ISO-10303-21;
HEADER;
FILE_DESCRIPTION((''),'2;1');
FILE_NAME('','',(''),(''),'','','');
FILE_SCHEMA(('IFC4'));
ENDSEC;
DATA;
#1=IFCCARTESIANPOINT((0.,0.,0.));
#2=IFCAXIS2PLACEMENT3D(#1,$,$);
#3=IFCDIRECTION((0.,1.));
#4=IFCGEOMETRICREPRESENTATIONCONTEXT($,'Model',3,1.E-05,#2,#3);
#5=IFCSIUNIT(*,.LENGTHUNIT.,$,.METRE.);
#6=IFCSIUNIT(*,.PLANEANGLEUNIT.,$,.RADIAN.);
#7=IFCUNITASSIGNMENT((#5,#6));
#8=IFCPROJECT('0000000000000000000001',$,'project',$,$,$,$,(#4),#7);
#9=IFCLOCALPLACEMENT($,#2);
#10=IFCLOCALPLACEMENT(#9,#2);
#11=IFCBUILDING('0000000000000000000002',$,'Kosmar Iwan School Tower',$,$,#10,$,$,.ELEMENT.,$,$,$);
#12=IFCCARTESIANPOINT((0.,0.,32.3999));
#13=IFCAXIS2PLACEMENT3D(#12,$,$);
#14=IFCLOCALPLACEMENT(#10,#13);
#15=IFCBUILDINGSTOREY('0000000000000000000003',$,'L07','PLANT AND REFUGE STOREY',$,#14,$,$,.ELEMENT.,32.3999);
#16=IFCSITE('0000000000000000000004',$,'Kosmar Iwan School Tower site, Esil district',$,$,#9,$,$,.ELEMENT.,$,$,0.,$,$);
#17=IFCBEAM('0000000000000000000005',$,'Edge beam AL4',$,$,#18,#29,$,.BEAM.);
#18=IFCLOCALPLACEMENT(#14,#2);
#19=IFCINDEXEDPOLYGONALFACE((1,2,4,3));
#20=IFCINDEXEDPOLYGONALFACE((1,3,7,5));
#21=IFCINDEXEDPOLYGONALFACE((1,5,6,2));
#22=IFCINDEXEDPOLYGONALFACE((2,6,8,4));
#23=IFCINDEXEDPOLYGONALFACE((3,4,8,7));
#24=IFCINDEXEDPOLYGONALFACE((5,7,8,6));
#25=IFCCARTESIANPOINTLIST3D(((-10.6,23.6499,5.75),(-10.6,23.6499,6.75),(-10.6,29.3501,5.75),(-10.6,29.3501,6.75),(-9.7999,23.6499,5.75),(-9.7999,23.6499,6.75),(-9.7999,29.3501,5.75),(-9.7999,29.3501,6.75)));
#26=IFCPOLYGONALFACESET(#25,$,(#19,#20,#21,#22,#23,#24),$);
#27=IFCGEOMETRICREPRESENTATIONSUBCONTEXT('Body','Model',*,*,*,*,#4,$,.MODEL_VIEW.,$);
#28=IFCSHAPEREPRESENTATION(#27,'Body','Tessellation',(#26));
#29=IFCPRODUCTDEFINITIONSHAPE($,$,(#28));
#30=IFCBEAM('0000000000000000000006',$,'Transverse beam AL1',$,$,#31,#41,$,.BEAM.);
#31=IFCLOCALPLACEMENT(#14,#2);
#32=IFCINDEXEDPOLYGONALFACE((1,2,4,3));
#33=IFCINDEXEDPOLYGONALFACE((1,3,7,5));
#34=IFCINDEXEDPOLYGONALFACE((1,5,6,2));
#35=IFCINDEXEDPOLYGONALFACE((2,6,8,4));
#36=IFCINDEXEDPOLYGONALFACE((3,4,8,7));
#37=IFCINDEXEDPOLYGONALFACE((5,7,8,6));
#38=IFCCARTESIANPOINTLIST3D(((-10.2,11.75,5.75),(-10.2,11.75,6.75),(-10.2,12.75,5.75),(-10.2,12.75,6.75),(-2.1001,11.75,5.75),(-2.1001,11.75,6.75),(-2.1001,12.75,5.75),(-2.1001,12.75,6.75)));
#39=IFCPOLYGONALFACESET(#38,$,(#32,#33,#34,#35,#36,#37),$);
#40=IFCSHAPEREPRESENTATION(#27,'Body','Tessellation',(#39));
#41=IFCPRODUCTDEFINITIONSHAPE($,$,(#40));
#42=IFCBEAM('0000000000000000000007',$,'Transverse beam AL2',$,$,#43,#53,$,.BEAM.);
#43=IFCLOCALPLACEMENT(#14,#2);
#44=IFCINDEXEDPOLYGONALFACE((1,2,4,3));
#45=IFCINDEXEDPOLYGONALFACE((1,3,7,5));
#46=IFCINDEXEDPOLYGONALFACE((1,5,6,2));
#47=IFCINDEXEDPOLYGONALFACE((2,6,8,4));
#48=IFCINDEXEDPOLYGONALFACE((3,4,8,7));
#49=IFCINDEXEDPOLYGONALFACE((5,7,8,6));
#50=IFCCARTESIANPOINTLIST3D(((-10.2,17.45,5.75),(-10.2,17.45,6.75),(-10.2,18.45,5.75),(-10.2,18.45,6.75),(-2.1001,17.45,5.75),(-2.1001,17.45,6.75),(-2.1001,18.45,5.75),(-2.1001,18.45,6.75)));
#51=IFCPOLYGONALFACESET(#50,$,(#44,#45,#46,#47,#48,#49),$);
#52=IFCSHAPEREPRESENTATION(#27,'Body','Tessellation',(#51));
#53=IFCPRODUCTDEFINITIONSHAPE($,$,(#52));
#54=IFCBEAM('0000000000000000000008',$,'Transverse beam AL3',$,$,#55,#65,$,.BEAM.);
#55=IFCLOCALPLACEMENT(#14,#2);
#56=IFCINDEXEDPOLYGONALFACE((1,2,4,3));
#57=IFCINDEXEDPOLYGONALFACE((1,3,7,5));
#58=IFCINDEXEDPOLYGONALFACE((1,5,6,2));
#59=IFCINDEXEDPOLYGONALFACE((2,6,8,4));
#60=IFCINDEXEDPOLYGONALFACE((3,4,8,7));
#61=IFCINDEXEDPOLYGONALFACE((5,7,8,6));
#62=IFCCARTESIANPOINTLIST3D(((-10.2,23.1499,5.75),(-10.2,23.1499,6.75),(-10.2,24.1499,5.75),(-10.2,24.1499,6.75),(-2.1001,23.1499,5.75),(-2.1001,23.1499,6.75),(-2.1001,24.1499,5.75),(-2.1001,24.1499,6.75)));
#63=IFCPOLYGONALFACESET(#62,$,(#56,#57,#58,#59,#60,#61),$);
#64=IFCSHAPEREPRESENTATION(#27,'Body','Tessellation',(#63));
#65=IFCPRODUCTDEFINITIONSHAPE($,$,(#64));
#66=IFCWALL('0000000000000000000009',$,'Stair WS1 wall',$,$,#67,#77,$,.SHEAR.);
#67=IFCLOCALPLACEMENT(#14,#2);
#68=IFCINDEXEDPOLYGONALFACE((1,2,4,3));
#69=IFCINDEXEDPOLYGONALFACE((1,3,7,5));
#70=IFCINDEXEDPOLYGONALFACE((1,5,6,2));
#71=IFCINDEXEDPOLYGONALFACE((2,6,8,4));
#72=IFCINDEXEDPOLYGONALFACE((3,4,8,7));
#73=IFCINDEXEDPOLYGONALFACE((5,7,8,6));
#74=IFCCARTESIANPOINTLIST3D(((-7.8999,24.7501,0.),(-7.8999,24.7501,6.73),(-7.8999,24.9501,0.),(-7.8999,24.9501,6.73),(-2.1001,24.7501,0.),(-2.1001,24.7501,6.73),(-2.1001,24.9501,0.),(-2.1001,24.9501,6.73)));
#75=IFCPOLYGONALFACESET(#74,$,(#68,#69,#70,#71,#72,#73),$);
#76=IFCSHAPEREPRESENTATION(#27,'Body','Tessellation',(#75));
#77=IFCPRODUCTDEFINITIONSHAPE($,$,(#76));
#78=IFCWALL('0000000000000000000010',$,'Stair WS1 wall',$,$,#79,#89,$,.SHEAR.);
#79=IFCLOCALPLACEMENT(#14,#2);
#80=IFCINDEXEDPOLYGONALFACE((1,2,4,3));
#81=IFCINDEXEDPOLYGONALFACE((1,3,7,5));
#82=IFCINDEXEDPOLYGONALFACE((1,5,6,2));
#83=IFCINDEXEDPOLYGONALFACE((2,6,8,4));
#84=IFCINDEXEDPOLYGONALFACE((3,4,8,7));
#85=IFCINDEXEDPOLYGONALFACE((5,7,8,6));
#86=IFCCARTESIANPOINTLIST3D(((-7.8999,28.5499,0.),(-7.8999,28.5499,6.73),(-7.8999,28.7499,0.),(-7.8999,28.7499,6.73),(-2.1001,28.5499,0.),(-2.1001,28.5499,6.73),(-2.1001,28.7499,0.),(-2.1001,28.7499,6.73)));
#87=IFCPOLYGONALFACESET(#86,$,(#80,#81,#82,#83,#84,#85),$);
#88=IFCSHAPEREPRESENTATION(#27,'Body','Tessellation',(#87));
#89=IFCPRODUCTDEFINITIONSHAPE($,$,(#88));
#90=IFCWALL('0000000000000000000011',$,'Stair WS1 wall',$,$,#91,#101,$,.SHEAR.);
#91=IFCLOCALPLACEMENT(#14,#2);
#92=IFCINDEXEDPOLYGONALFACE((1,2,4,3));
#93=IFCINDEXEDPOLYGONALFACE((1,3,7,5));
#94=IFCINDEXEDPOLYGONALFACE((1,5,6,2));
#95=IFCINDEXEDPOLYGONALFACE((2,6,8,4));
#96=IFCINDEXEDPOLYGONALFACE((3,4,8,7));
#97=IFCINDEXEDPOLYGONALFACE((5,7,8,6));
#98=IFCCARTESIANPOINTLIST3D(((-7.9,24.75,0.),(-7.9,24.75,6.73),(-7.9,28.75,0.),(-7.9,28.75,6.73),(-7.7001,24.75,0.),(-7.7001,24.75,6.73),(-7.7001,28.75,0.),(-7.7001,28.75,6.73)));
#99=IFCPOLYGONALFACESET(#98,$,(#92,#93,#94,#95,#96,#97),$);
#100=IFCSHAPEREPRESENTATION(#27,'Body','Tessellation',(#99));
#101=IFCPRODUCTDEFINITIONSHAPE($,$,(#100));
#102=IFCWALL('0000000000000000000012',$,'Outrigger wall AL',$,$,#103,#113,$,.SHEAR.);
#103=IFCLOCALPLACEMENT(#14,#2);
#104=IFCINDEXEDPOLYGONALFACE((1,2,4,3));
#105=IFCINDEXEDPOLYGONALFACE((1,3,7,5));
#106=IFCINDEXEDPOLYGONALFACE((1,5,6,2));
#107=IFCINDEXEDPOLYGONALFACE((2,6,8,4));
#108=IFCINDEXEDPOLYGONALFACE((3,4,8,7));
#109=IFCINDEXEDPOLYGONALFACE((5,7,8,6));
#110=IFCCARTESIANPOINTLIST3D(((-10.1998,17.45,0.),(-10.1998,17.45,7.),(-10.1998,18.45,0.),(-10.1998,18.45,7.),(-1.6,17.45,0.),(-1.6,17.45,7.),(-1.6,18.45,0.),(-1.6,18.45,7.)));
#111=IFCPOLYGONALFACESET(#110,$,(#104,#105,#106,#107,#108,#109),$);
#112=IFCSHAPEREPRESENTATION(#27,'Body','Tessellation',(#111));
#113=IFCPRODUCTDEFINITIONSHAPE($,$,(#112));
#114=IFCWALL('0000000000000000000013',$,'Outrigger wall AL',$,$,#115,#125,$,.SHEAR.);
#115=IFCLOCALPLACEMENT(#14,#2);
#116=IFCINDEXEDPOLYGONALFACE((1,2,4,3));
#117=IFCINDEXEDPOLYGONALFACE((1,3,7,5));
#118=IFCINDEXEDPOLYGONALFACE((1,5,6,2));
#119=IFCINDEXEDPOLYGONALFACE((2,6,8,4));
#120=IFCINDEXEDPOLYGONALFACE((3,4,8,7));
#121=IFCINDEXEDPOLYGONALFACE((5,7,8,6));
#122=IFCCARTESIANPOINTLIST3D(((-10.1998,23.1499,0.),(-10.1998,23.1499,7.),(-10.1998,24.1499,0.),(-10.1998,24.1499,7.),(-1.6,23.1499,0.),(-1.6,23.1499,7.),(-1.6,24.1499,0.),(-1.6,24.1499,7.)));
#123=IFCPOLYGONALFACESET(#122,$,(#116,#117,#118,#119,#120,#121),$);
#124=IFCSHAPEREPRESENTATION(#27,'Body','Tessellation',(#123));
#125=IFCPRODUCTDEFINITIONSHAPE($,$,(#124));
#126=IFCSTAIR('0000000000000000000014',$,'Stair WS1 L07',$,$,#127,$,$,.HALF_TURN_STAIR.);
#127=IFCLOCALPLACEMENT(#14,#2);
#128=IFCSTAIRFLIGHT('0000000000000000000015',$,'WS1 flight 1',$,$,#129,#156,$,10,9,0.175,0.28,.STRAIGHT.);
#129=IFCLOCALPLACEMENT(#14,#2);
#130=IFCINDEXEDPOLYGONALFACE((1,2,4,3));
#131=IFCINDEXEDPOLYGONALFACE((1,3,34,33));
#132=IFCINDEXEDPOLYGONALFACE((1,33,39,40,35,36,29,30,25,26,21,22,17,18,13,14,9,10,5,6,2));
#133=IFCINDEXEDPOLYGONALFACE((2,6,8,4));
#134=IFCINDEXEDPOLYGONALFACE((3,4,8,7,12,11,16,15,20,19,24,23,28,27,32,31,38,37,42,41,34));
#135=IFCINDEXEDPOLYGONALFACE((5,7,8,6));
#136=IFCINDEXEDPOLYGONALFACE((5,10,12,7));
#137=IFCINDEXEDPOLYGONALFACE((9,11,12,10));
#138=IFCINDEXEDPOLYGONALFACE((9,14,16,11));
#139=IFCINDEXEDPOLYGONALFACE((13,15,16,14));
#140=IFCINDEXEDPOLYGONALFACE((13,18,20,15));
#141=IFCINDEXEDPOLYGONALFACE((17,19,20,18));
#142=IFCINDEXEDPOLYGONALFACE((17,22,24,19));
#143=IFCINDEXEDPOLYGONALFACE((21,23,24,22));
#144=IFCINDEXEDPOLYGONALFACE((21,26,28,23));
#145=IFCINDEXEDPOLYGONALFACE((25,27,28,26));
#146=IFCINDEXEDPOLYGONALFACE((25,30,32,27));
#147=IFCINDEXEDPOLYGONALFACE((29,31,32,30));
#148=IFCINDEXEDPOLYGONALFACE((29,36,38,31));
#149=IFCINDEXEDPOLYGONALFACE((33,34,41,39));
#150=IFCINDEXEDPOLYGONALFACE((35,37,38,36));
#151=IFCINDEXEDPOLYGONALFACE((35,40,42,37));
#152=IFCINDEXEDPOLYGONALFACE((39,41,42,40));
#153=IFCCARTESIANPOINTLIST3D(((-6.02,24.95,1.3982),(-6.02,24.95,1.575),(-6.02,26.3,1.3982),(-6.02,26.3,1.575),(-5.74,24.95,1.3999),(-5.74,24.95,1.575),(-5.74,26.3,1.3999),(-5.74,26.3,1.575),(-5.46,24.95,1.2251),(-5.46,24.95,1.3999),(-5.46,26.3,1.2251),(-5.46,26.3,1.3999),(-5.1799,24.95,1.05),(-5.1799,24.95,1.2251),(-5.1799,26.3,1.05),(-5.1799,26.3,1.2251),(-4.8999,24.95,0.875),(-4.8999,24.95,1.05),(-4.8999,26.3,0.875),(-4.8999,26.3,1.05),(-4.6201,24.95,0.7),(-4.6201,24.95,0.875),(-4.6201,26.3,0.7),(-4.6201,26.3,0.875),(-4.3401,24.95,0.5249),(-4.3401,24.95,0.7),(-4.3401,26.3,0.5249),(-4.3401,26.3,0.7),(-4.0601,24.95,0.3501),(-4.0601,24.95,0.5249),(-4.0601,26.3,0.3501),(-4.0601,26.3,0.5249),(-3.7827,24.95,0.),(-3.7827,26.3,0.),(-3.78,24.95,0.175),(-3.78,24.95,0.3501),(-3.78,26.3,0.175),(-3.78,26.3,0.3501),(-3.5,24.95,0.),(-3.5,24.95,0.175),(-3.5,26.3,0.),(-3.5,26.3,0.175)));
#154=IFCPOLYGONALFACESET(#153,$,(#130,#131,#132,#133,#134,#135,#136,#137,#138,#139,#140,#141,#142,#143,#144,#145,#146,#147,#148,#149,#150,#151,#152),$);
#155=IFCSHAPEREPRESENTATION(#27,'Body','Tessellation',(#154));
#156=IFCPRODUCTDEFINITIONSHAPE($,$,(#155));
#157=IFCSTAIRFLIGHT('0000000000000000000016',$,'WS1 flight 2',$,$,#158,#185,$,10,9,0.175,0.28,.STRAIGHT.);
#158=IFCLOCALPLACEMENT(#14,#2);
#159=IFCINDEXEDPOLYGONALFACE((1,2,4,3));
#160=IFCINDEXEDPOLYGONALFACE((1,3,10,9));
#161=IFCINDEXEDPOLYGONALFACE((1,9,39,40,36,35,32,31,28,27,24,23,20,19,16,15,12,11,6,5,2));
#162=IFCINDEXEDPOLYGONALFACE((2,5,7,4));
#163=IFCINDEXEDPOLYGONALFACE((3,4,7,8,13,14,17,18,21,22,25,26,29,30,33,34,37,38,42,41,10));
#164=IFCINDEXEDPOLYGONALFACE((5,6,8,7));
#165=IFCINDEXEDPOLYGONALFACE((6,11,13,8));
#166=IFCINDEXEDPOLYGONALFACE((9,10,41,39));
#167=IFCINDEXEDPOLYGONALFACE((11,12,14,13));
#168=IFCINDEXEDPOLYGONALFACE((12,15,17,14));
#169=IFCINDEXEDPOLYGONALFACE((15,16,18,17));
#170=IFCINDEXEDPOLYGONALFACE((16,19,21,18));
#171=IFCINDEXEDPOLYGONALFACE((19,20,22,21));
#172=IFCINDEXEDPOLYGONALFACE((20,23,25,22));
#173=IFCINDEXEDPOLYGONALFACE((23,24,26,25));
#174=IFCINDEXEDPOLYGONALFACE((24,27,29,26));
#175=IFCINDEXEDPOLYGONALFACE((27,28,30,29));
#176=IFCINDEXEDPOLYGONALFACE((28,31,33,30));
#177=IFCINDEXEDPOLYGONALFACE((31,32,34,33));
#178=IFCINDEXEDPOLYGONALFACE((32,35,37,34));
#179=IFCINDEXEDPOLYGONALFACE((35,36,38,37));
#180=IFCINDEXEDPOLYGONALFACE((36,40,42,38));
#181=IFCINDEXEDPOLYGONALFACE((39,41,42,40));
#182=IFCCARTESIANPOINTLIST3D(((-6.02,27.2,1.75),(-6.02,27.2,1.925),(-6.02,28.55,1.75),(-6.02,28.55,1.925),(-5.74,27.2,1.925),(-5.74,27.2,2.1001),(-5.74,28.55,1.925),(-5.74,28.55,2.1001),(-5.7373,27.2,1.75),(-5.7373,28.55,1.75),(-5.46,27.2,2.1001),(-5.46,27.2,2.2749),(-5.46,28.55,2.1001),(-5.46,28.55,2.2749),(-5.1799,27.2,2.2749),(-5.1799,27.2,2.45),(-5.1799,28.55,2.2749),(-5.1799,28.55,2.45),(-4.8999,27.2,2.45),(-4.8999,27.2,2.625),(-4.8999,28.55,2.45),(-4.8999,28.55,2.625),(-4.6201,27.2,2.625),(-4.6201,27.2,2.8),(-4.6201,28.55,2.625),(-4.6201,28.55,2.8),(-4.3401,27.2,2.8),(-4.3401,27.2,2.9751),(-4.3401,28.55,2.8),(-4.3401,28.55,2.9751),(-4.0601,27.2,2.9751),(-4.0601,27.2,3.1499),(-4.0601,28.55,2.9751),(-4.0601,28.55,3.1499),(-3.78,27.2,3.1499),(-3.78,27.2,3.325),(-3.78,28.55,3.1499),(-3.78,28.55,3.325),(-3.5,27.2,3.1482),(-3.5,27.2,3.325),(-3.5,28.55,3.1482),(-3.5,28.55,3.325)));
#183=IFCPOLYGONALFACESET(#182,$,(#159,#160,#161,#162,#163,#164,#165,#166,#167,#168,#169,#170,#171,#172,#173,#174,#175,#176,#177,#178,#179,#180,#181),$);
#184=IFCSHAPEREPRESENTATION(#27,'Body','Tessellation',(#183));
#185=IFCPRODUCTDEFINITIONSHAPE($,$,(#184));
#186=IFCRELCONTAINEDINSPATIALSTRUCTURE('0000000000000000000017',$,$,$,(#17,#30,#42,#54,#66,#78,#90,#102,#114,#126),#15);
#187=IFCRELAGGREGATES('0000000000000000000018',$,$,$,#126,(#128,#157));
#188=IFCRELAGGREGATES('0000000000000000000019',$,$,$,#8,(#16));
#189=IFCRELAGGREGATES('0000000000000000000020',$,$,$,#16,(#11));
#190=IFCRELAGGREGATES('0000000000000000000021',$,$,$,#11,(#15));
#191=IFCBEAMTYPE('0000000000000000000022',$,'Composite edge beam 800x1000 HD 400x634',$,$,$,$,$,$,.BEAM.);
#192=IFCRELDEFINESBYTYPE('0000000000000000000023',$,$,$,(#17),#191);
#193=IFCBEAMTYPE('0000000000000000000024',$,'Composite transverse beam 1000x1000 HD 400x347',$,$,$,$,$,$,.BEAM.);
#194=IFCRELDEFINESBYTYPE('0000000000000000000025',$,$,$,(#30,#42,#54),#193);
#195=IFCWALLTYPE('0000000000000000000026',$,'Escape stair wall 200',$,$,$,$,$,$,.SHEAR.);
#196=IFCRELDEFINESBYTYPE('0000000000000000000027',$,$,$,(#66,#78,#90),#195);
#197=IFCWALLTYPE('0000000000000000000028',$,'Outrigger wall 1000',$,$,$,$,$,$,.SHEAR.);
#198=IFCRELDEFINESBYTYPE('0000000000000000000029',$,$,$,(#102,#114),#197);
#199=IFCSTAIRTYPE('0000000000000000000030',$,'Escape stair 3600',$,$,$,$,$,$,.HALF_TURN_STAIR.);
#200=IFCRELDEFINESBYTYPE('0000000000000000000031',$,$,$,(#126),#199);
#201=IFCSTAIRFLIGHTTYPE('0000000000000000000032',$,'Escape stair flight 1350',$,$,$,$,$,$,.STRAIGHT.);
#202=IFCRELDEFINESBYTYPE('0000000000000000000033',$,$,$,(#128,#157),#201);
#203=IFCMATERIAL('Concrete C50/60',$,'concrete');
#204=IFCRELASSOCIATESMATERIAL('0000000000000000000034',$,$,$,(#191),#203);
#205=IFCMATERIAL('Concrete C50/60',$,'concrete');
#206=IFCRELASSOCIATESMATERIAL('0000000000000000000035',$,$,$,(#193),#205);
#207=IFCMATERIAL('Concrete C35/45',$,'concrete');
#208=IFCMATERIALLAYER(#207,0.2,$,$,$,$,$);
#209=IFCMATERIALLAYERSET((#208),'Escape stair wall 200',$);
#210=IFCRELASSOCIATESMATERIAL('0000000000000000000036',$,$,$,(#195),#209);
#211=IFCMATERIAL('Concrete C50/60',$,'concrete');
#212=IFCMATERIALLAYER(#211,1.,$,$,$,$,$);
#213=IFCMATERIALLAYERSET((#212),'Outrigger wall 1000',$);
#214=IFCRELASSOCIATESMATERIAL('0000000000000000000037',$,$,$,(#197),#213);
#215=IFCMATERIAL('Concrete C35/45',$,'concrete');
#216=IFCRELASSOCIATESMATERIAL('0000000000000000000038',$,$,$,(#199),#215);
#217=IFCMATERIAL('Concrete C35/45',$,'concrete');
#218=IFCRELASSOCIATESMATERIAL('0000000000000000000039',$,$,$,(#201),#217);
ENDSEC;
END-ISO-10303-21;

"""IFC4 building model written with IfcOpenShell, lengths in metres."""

from ifc_helpers import new_model, si_unit, direction, frame, frame_2d, origin, origin_2d, place, context, subcontext, project, spatial, polyline, rectangle, outline, extrude, material, layer, layer_set, material_profile, profile_set, type_object, element, aggregate, save


model = new_model("IFC4")

# Units and contexts
model_context = context("Model", 3, precision=1e-05, world=origin(), true_north=direction((0.0, 1.0)))
body_context = subcontext(model_context, "Body", "Model", "MODEL_VIEW")
ifc_project = project(units=[si_unit("LENGTHUNIT", "METRE"), si_unit("PLANEANGLEUNIT", "RADIAN")], contexts=[model_context])

# Site, building, storey
site_placement = place(None, origin())
site = spatial("IfcSite", under=ifc_project, at=site_placement, Name="Kosmar Iwan School Tower site, Esil district", CompositionType="ELEMENT", RefElevation=0.0)
building_placement = place(site_placement, origin())
building = spatial("IfcBuilding", under=site, at=building_placement, Name="Kosmar Iwan School Tower", CompositionType="ELEMENT")
storey_placement = place(building_placement, frame((0.0, 0.0, 32.3999)))
storey = spatial("IfcBuildingStorey", under=building, at=storey_placement, Name="L07", Description="PLANT AND REFUGE STOREY", CompositionType="ELEMENT", Elevation=32.3999)

# Beams
ifc_material_1 = material(Name="Concrete C50/60", Category="concrete")
ifc_material_profile_1 = material_profile(ifc_material_1, rectangle(XDim=0.8, YDim=1.0, at=origin_2d()), Name="RC 800x1000 + HD 400x634")
ifc_profile_set_1 = profile_set([ifc_material_profile_1], Name="Concrete C50/60")
beam_type_1 = type_object("IfcBeamType", Name="Composite edge beam 800x1000 HD 400x634", PredefinedType="BEAM", material=ifc_profile_set_1)
beam_placement = place(storey_placement, frame((-10.2, 23.6499, 6.25), z_axis=(0.0, 1.0, 0.0), x_axis=(-1.0, 0.0, 0.0)))
element("IfcBeam", 1, at=beam_placement, inside=storey, type_object=beam_type_1, Name="Edge beam AL4", PredefinedType="BEAM", context=body_context, shape_type="SweptSolid", body=[
    extrude(rectangle(XDim=0.8, YDim=1.0, at=origin_2d()), origin(), (0.0, 0.0, 1.0), 5.7002),
])
ifc_material_2 = material(Name="Concrete C50/60", Category="concrete")
ifc_material_profile_2 = material_profile(ifc_material_2, rectangle(XDim=1.0, YDim=1.0, at=origin_2d()), Name="RC 1000x1000 + HD 400x347")
ifc_profile_set_2 = profile_set([ifc_material_profile_2], Name="Concrete C50/60")
beam_type_2 = type_object("IfcBeamType", Name="Composite transverse beam 1000x1000 HD 400x347", PredefinedType="BEAM", material=ifc_profile_set_2)
for number, where, z_axis, x_axis, name in (
    (2, (-10.2, 12.25, 6.25), (1.0, 0.0, 0.0), (0.0, 1.0, 0.0), "Transverse beam AL1"),
    (3, (-10.2, 17.95, 6.25), (1.0, 0.0, 0.0), (0.0, 1.0, 0.0), "Transverse beam AL2"),
    (4, (-10.2, 23.6499, 6.25), (1.0, 0.0, 0.0), (0.0, 1.0, 0.0), "Transverse beam AL3"),
):
    element("IfcBeam", number, at=place(storey_placement, frame(where, z_axis=z_axis, x_axis=x_axis)), inside=storey, type_object=beam_type_2, Name=name, PredefinedType="BEAM", context=body_context, shape_type="SweptSolid", body=[
        extrude(rectangle(XDim=1.0, YDim=1.0, at=origin_2d()), origin(), (0.0, 0.0, 1.0), 8.0999),
    ])

# Walls
ifc_material_3 = material(Name="Concrete C35/45", Category="concrete")
ifc_layer_1 = layer(ifc_material_3, 0.2)
ifc_layer_set_1 = layer_set([ifc_layer_1], Name="Escape stair wall 200")
wall_type_1 = type_object("IfcWallType", Name="Escape stair wall 200", PredefinedType="SHEAR", material=ifc_layer_set_1)
for number, where, z_axis, x_axis, name in (
    (5, (-2.1001, 24.8501, 0.0), (0.0, 0.0, 1.0), (-1.0, 0.0, 0.0), "Stair WS1 wall"),
    (6, (-2.1001, 28.6499, 0.0), (0.0, 0.0, 1.0), (-1.0, 0.0, 0.0), "Stair WS1 wall"),
):
    element("IfcWall", number, at=place(storey_placement, frame(where, z_axis=z_axis, x_axis=x_axis)), inside=storey, type_object=wall_type_1, Name=name, PredefinedType="SHEAR", context=body_context, shape_type="SweptSolid", body=[
        extrude(rectangle(XDim=5.7998, YDim=0.2, at=frame_2d((2.8999, 0.0))), origin(), (0.0, 0.0, 1.0), 6.73),
    ])
wall_1_placement = place(storey_placement, frame((-7.8, 24.75, 0.0), z_axis=(0.0, 0.0, 1.0), x_axis=(0.0, 1.0, 0.0)))
element("IfcWall", 7, at=wall_1_placement, inside=storey, type_object=wall_type_1, Name="Stair WS1 wall", PredefinedType="SHEAR", context=body_context, shape_type="SweptSolid", body=[
    extrude(rectangle(XDim=4.0, YDim=0.2, at=frame_2d((2.0, 0.0))), origin(), (0.0, 0.0, 1.0), 6.73),
])
ifc_material_4 = material(Name="Concrete C50/60", Category="concrete")
ifc_layer_2 = layer(ifc_material_4, 1.0)
ifc_layer_set_2 = layer_set([ifc_layer_2], Name="Outrigger wall 1000")
wall_type_2 = type_object("IfcWallType", Name="Outrigger wall 1000", PredefinedType="SHEAR", material=ifc_layer_set_2)
for number, where, z_axis, x_axis, name in (
    (8, (-1.6001, 17.95, 0.0), (0.0, 0.0, 1.0), (-1.0, 0.0, 0.0), "Outrigger wall AL"),
    (9, (-1.6001, 23.6499, 0.0), (0.0, 0.0, 1.0), (-1.0, 0.0, 0.0), "Outrigger wall AL"),
):
    element("IfcWall", number, at=place(storey_placement, frame(where, z_axis=z_axis, x_axis=x_axis)), inside=storey, type_object=wall_type_2, Name=name, PredefinedType="SHEAR", context=body_context, shape_type="SweptSolid", body=[
        extrude(rectangle(XDim=8.5999, YDim=1.0, at=frame_2d((4.2998, 0.0))), origin(), (0.0, 0.0, 1.0), 7.0),
    ])

# Stair, stair flights
ifc_material_5 = material(Name="Concrete C35/45", Category="concrete")
stair_type = type_object("IfcStairType", Name="Escape stair 3600", PredefinedType="HALF_TURN_STAIR", material=ifc_material_5)
stair_placement = place(storey_placement, origin())
stair = element("IfcStair", 10, at=stair_placement, inside=storey, type_object=stair_type, Name="Stair WS1 L07", PredefinedType="HALF_TURN_STAIR")
ifc_material_6 = material(Name="Concrete C35/45", Category="concrete")
stair_flight_type = type_object("IfcStairFlightType", Name="Escape stair flight 1350", PredefinedType="STRAIGHT", material=ifc_material_6)
stair_flight_1_placement = place(storey_placement, frame((-3.5, 25.625, 0.0), z_axis=(0.0, 0.0, 1.0), x_axis=(-1.0, 0.0, 0.0)))
stair_flight_1 = element("IfcStairFlight", 11, at=stair_flight_1_placement, type_object=stair_flight_type, Name="WS1 flight 1", NumberOfRisers=10, NumberOfTreads=9, PredefinedType="STRAIGHT", RiserHeight=0.175, TreadLength=0.28, context=body_context, shape_type="SweptSolid", body=[
    extrude(outline(polyline([(0.0, 0.0), (0.0, 0.175), (0.28, 0.175), (0.28, 0.3501), (0.5601, 0.3501), (0.5601, 0.5249), (0.8401, 0.5249), (0.8401, 0.7), (1.1201, 0.7), (1.1201, 0.875), (1.3999, 0.875), (1.3999, 1.05), (1.6799, 1.05), (1.6799, 1.2251), (1.96, 1.2251), (1.96, 1.3999), (2.24, 1.3999), (2.24, 1.575), (2.52, 1.575), (2.52, 1.75), (2.52, 1.3982), (0.2827, 0.0), (0.0, 0.0)])), frame((0.0, 0.675, 0.0), z_axis=(0.0, -1.0, 0.0), x_axis=(1.0, 0.0, 0.0)), (0.0, 0.0, 1.0), 1.3501),
])
stair_flight_2_placement = place(storey_placement, frame((-6.02, 27.875, 1.75), z_axis=(0.0, 0.0, 1.0), x_axis=(1.0, 0.0, 0.0)))
stair_flight_2 = element("IfcStairFlight", 12, at=stair_flight_2_placement, type_object=stair_flight_type, Name="WS1 flight 2", NumberOfRisers=10, NumberOfTreads=9, PredefinedType="STRAIGHT", RiserHeight=0.175, TreadLength=0.28, context=body_context, shape_type="SweptSolid", body=[
    extrude(outline(polyline([(0.0, 0.0), (0.0, 0.175), (0.28, 0.175), (0.28, 0.3501), (0.5601, 0.3501), (0.5601, 0.5249), (0.8401, 0.5249), (0.8401, 0.7), (1.1201, 0.7), (1.1201, 0.875), (1.3999, 0.875), (1.3999, 1.05), (1.6799, 1.05), (1.6799, 1.2251), (1.96, 1.2251), (1.96, 1.3999), (2.24, 1.3999), (2.24, 1.575), (2.52, 1.575), (2.52, 1.75), (2.52, 1.3982), (0.2827, 0.0), (0.0, 0.0)])), frame((0.0, 0.675, 0.0), z_axis=(0.0, -1.0, 0.0), x_axis=(1.0, 0.0, 0.0)), (0.0, 0.0, 1.0), 1.3501),
])
aggregate(stair, [stair_flight_1, stair_flight_2])

save(model, "model.ifc")
